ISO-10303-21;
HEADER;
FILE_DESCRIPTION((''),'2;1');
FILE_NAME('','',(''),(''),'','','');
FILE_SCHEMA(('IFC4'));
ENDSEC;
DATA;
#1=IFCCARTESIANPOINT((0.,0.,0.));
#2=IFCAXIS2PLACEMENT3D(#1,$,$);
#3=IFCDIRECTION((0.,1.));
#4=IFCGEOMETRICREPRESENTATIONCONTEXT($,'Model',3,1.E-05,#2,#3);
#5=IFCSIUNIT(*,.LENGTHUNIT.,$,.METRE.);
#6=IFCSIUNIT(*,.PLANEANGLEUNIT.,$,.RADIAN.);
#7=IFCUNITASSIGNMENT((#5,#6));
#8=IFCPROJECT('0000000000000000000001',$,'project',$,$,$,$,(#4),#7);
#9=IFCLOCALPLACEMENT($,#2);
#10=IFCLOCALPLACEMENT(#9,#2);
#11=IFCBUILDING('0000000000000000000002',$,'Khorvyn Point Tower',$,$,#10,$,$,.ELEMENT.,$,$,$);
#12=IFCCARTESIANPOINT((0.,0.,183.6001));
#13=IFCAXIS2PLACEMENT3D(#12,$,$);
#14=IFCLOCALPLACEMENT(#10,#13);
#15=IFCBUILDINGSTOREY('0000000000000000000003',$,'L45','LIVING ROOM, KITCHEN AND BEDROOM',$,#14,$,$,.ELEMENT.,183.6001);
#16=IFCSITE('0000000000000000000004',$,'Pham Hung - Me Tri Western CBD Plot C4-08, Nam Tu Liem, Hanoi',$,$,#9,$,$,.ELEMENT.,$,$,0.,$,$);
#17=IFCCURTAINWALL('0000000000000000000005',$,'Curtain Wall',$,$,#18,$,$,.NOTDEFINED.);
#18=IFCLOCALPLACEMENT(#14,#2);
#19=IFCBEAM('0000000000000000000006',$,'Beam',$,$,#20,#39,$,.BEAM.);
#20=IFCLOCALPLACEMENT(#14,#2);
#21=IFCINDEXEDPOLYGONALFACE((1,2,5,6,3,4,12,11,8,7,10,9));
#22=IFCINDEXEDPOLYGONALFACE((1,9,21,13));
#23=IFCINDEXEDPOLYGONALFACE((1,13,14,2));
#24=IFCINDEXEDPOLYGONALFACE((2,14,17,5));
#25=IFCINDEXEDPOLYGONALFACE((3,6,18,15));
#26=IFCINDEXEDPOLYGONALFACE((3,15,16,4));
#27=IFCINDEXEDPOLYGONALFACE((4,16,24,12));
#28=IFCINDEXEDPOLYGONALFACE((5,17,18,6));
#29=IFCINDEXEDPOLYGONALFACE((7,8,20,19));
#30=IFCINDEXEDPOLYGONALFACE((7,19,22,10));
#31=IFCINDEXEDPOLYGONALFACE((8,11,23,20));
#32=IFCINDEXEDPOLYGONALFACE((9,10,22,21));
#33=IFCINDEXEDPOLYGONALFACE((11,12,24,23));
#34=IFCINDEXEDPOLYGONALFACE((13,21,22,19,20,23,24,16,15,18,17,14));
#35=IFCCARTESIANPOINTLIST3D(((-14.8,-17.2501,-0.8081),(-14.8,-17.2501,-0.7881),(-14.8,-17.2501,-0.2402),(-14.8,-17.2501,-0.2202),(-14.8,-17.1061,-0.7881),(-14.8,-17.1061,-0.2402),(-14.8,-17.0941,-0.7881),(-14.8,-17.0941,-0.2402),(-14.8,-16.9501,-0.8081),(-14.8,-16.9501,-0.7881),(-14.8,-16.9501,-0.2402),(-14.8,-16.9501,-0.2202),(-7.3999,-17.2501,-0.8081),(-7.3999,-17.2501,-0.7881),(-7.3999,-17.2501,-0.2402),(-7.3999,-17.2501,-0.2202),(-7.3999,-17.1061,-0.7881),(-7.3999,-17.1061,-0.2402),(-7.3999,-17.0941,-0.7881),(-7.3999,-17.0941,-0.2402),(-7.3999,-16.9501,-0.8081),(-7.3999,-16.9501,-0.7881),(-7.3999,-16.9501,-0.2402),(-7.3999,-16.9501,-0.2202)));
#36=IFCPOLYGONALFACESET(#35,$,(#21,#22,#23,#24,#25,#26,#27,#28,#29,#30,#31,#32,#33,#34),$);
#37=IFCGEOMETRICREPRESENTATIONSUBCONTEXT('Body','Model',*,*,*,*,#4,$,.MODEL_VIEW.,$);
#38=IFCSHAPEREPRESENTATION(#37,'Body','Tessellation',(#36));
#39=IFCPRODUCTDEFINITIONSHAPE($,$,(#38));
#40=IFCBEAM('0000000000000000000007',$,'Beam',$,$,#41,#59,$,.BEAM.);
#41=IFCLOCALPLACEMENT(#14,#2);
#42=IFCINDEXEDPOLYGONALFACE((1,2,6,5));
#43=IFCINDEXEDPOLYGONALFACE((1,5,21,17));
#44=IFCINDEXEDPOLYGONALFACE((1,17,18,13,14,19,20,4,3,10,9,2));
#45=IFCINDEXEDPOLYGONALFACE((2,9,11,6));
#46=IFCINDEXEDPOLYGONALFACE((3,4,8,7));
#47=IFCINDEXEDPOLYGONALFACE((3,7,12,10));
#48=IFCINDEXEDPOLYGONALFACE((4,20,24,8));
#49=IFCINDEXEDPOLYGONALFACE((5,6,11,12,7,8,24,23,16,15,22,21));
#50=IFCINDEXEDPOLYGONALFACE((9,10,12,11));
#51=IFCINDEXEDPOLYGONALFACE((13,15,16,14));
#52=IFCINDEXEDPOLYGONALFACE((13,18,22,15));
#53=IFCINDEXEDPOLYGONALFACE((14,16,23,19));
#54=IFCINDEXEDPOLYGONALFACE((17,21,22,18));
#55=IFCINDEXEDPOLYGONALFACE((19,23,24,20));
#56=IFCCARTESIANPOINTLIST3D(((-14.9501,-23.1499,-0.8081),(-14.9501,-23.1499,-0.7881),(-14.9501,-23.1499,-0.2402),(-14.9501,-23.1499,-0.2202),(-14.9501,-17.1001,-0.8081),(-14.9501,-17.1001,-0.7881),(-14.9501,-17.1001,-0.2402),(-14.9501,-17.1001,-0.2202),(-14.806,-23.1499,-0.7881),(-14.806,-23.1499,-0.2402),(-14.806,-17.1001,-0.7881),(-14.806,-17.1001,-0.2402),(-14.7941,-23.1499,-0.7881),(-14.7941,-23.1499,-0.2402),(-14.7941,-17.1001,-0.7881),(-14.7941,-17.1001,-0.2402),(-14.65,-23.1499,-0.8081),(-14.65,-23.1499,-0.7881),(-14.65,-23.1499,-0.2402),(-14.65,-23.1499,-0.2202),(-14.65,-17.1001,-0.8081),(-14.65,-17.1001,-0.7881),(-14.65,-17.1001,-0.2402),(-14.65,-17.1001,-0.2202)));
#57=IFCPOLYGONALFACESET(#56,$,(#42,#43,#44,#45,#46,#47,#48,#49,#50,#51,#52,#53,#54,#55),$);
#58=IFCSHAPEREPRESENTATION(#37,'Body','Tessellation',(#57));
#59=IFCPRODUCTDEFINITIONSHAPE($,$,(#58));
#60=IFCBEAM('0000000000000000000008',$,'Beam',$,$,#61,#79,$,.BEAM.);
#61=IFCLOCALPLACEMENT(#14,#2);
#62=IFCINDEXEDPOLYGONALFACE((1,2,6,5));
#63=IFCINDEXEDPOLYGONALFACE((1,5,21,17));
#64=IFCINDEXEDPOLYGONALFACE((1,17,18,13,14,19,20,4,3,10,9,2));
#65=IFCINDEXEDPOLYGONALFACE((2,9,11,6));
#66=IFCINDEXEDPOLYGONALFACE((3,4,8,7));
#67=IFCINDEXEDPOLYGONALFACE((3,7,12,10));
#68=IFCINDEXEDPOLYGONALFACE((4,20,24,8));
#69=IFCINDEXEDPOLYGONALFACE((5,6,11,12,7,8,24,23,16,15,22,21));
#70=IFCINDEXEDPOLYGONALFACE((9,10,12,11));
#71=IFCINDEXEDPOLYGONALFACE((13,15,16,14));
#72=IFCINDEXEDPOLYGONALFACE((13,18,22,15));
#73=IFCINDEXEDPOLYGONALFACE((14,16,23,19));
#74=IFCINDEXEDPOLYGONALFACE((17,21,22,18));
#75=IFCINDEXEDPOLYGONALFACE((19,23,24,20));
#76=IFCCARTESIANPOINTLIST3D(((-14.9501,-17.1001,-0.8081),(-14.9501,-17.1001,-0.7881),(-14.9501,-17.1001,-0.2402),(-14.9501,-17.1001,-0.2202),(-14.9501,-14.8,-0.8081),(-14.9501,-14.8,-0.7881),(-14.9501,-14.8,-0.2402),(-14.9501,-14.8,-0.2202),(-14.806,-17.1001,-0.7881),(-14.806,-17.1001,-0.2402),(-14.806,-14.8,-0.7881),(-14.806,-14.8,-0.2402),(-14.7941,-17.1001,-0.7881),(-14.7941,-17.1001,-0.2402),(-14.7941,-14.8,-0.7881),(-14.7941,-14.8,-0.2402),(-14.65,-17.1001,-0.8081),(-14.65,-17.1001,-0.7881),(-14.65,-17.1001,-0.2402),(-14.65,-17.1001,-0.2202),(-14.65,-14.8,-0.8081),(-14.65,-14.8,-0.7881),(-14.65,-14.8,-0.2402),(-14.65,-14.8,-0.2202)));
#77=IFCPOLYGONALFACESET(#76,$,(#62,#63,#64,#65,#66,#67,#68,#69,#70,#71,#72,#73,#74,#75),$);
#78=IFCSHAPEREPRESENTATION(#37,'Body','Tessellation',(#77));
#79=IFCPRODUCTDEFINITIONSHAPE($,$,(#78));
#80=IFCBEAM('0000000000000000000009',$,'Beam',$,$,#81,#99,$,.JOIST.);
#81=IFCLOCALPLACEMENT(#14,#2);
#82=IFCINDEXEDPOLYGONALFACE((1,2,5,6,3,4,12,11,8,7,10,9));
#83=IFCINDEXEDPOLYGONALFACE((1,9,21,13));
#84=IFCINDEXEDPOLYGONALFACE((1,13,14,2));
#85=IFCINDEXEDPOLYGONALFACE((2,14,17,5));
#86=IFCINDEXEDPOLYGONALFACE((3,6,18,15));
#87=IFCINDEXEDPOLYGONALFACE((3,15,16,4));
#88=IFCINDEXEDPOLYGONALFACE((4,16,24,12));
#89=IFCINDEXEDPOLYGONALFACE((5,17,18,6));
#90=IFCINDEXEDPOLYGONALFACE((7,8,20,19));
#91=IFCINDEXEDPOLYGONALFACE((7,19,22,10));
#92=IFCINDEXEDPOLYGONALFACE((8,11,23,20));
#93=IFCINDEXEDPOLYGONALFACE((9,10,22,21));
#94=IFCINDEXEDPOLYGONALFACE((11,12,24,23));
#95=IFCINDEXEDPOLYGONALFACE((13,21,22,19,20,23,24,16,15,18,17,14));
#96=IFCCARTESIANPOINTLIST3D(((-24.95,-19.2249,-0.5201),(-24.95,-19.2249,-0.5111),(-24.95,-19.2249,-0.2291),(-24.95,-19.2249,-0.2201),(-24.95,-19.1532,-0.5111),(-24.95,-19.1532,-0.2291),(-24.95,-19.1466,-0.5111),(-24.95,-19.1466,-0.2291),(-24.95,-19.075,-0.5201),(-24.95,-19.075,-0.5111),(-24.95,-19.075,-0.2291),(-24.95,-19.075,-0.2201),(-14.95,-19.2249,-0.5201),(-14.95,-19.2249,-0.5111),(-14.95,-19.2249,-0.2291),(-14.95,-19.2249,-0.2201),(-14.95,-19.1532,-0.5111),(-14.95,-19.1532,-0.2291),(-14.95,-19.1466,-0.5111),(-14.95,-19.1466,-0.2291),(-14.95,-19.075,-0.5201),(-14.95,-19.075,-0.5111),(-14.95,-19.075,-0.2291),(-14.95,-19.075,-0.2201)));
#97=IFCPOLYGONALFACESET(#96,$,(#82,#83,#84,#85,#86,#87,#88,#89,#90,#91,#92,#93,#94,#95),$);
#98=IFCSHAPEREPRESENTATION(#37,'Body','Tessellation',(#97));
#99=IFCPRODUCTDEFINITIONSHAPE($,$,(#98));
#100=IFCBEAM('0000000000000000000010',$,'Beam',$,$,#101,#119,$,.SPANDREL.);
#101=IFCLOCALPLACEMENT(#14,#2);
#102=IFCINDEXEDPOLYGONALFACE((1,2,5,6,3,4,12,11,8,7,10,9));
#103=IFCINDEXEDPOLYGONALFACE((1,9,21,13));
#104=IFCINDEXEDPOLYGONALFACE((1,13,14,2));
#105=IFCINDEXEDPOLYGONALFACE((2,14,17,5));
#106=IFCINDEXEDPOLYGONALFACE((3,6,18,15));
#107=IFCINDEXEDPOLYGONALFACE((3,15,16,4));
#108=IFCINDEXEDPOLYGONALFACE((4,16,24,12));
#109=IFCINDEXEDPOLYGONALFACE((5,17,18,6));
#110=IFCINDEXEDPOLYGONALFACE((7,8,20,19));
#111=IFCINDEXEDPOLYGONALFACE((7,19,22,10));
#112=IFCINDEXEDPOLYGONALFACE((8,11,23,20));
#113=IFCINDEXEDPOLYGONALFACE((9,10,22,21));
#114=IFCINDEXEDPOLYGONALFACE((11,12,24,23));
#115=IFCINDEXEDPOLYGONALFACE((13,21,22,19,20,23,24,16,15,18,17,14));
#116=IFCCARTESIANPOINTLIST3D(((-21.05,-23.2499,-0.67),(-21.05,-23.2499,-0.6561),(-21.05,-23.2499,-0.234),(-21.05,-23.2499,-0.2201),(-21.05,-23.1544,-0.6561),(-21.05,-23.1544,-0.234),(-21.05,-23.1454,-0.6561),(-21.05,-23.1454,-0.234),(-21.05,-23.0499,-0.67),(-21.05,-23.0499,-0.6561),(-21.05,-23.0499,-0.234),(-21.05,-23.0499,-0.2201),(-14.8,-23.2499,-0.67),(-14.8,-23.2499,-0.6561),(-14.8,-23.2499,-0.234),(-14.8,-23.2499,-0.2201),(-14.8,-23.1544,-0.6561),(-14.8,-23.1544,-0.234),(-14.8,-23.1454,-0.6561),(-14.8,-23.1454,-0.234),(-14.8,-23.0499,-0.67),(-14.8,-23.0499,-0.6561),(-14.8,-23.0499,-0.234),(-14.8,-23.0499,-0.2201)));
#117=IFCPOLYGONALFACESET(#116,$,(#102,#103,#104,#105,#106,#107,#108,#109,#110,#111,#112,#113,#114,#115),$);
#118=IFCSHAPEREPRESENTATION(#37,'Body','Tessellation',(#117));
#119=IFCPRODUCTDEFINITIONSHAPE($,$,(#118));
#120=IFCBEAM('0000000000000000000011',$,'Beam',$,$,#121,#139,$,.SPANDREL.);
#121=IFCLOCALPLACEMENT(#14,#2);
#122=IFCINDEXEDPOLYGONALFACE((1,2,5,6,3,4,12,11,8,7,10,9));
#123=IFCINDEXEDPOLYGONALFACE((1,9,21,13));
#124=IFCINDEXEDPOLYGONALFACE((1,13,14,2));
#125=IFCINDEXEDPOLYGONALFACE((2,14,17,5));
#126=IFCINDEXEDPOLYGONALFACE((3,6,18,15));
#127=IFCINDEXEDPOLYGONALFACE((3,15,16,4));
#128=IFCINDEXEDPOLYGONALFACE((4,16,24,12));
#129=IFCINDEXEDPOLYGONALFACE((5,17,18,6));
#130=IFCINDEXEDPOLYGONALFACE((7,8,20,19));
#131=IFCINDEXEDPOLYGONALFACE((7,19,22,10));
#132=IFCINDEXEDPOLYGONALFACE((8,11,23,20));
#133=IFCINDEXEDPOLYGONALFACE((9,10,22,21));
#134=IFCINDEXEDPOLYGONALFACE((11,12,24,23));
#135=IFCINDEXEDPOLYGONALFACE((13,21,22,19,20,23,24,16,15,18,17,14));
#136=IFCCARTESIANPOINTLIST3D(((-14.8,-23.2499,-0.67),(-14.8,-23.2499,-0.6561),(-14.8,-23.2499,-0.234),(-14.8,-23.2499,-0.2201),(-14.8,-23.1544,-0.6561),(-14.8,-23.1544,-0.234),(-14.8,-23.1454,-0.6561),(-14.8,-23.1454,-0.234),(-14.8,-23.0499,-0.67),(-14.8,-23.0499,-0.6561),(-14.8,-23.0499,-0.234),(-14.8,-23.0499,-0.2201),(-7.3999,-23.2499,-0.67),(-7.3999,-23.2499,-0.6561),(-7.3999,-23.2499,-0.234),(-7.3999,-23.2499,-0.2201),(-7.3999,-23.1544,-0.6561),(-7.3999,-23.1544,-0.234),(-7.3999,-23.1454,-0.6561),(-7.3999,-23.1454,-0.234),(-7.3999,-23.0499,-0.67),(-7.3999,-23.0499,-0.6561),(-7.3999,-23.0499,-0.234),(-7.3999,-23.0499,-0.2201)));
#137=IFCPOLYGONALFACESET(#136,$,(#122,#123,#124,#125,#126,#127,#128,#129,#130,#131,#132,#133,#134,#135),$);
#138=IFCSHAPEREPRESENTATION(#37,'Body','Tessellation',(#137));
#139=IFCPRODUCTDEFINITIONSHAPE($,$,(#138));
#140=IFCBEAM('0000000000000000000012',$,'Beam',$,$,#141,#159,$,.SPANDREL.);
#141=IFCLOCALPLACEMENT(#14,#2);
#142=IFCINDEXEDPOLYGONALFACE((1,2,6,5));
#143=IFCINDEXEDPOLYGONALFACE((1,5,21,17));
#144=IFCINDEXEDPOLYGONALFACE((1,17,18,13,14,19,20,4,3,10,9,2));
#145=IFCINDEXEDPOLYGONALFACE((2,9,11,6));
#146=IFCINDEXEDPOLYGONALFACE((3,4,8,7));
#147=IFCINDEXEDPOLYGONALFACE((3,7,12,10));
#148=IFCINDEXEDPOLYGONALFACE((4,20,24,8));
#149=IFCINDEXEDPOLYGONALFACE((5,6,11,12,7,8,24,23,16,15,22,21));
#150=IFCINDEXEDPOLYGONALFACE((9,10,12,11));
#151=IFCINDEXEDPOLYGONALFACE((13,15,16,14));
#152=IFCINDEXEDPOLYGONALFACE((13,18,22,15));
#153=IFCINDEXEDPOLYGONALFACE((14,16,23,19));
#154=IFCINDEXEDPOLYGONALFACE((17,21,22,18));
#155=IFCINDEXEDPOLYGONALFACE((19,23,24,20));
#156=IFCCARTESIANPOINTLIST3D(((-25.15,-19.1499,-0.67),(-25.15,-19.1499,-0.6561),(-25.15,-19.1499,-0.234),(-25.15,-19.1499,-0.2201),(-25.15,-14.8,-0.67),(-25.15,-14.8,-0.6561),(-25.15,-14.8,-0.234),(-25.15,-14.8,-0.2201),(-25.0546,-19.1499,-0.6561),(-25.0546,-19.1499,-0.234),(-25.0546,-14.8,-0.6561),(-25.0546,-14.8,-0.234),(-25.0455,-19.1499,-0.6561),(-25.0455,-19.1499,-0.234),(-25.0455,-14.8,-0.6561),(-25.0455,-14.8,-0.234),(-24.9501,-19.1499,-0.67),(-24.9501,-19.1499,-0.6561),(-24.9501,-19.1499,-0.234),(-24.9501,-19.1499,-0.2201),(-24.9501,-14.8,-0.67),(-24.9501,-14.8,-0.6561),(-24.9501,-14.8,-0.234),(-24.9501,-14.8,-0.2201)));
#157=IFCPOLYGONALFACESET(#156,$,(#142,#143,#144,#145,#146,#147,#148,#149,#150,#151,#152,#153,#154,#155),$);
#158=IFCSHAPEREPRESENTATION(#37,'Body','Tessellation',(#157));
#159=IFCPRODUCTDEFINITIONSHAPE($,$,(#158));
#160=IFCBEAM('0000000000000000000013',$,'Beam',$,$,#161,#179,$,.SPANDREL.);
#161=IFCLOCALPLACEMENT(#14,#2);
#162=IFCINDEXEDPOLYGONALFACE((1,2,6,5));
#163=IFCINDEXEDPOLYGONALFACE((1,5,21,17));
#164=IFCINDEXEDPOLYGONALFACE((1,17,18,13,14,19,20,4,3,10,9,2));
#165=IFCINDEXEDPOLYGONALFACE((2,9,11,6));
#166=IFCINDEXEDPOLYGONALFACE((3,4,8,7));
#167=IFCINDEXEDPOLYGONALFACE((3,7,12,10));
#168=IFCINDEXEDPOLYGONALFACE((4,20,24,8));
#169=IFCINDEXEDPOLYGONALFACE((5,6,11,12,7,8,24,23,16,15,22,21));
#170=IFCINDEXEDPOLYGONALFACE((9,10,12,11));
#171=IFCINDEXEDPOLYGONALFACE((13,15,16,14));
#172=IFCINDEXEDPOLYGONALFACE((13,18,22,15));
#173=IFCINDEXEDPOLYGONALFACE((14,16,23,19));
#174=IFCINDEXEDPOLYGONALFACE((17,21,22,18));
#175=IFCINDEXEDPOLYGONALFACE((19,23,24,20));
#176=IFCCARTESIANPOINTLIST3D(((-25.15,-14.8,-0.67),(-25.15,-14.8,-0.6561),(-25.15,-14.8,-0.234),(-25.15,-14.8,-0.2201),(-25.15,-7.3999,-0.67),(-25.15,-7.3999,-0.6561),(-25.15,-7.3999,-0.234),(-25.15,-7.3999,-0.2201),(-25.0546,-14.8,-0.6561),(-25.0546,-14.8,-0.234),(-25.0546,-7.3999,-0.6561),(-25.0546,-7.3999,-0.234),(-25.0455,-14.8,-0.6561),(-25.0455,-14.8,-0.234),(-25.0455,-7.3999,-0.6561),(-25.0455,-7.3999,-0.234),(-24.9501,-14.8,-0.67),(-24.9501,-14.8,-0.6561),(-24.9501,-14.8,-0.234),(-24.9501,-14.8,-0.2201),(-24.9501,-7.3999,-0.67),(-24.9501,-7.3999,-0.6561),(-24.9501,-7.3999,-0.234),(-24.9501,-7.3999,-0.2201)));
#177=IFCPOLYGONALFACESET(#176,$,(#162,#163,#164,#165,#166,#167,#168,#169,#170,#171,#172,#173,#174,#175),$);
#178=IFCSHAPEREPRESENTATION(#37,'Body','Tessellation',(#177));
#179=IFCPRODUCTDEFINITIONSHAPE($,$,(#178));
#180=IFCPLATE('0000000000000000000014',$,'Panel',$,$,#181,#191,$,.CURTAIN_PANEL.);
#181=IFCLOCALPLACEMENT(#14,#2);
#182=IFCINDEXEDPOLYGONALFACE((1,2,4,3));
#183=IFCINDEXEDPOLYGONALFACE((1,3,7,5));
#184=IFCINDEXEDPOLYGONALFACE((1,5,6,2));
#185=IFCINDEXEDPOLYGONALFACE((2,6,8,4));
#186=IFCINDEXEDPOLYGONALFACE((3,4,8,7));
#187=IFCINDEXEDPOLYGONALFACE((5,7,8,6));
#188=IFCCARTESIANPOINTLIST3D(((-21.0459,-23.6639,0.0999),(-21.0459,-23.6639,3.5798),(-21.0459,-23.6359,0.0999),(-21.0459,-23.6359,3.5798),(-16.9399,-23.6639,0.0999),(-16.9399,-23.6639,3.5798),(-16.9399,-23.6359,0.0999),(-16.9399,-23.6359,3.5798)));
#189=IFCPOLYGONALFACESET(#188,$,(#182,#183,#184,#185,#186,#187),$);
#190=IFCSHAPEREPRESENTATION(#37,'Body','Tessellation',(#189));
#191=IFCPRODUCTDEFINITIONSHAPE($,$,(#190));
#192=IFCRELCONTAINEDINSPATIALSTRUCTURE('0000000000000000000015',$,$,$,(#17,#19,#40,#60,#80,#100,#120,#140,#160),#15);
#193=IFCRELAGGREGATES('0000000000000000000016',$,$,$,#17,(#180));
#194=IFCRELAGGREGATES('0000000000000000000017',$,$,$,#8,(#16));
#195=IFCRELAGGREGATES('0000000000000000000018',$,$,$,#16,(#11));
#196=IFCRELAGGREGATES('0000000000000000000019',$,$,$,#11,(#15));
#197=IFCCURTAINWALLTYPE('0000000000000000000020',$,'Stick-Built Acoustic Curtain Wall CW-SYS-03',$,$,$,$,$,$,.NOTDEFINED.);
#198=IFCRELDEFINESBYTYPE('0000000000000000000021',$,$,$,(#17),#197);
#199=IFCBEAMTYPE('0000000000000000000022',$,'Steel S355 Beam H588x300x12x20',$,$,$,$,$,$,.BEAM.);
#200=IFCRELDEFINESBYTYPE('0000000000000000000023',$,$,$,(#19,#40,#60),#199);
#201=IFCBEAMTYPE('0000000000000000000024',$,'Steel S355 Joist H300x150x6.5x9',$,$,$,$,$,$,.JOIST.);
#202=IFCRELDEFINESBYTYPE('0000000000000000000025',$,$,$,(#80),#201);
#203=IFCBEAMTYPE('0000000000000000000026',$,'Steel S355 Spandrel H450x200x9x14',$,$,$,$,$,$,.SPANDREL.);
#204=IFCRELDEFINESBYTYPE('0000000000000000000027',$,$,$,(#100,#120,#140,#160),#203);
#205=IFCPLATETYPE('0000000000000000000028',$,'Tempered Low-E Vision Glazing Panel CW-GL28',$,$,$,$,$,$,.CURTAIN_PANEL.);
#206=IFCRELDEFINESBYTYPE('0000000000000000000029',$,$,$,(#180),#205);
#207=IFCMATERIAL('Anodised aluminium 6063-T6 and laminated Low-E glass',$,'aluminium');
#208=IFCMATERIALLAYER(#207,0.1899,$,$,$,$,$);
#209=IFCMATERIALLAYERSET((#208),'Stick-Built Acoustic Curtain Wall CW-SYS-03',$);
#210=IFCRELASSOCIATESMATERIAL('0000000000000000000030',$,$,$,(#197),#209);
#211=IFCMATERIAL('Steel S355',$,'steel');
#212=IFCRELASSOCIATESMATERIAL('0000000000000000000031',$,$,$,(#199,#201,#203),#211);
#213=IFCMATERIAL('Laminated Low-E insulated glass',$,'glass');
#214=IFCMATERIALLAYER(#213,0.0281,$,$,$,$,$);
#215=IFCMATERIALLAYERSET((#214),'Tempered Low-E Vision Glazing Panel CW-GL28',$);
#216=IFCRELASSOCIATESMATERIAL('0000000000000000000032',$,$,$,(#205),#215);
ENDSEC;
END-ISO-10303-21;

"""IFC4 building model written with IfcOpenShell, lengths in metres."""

from ifc_helpers import new_model, si_unit, direction, frame, origin, origin_2d, place, context, subcontext, project, spatial, rectangle, i_section, extrude, material, layer, layer_set, material_profile, profile_set, type_object, element, aggregate, save


model = new_model("IFC4")

# Units and contexts
model_context = context("Model", 3, precision=1e-05, world=origin(), true_north=direction((0.0, 1.0)))
body_context = subcontext(model_context, "Body", "Model", "MODEL_VIEW")
ifc_project = project(units=[si_unit("LENGTHUNIT", "METRE"), si_unit("PLANEANGLEUNIT", "RADIAN")], contexts=[model_context])

# Site, building, storey
site_placement = place(None, origin())
site = spatial("IfcSite", under=ifc_project, at=site_placement, Name="Pham Hung - Me Tri Western CBD Plot C4-08, Nam Tu Liem, Hanoi", CompositionType="ELEMENT", RefElevation=0.0)
building_placement = place(site_placement, origin())
building = spatial("IfcBuilding", under=site, at=building_placement, Name="Khorvyn Point Tower", CompositionType="ELEMENT")
storey_placement = place(building_placement, frame((0.0, 0.0, 183.6001)))
storey = spatial("IfcBuildingStorey", under=building, at=storey_placement, Name="L45", Description="LIVING ROOM, KITCHEN AND BEDROOM", CompositionType="ELEMENT", Elevation=183.6001)

# Curtain wall
ifc_material_1 = material(Name="Anodised aluminium 6063-T6 and laminated Low-E glass", Category="aluminium")
ifc_layer_1 = layer(ifc_material_1, 0.1899)
ifc_layer_set_1 = layer_set([ifc_layer_1], Name="Stick-Built Acoustic Curtain Wall CW-SYS-03")
curtain_wall_type = type_object("IfcCurtainWallType", Name="Stick-Built Acoustic Curtain Wall CW-SYS-03", PredefinedType="NOTDEFINED", material=ifc_layer_set_1)
curtain_wall_1_placement = place(storey_placement, origin())
curtain_wall_1 = element("IfcCurtainWall", 1, at=curtain_wall_1_placement, inside=storey, type_object=curtain_wall_type, Name="Curtain Wall", PredefinedType="NOTDEFINED")

# Beams
ifc_material_2 = material(Name="Steel S355", Category="steel")
ifc_material_profile_1 = material_profile(ifc_material_2, i_section(OverallWidth=0.3, OverallDepth=0.5879, WebThickness=0.012, FlangeThickness=0.02, at=origin_2d()))
ifc_profile_set_1 = profile_set([ifc_material_profile_1], Name="Steel S355 H588x300x12x20")
beam_type_1 = type_object("IfcBeamType", Name="Steel S355 Beam H588x300x12x20", PredefinedType="BEAM", material=ifc_profile_set_1)
beam_1_placement = place(storey_placement, frame((-14.8, -17.1001, -0.5142), z_axis=(1.0, 0.0, 0.0), x_axis=(0.0, 1.0, 0.0)))
element("IfcBeam", 2, at=beam_1_placement, inside=storey, type_object=beam_type_1, Name="Beam", PredefinedType="BEAM", context=body_context, shape_type="SweptSolid", body=[
    extrude(i_section(OverallWidth=0.3, OverallDepth=0.5879, WebThickness=0.012, FlangeThickness=0.02, at=origin_2d()), origin(), (0.0, 0.0, 1.0), 7.4001),
])
beam_2_placement = place(storey_placement, frame((-14.8, -23.1499, -0.5142), z_axis=(0.0, 1.0, 0.0), x_axis=(-1.0, 0.0, 0.0)))
element("IfcBeam", 3, at=beam_2_placement, inside=storey, type_object=beam_type_1, Name="Beam", PredefinedType="BEAM", context=body_context, shape_type="SweptSolid", body=[
    extrude(i_section(OverallWidth=0.3, OverallDepth=0.5879, WebThickness=0.012, FlangeThickness=0.02, at=origin_2d()), origin(), (0.0, 0.0, 1.0), 6.0498),
])
beam_3_placement = place(storey_placement, frame((-14.8, -17.1001, -0.5142), z_axis=(0.0, 1.0, 0.0), x_axis=(-1.0, 0.0, 0.0)))
element("IfcBeam", 4, at=beam_3_placement, inside=storey, type_object=beam_type_1, Name="Beam", PredefinedType="BEAM", context=body_context, shape_type="SweptSolid", body=[
    extrude(i_section(OverallWidth=0.3, OverallDepth=0.5879, WebThickness=0.012, FlangeThickness=0.02, at=origin_2d()), origin(), (0.0, 0.0, 1.0), 2.3),
])
ifc_material_profile_2 = material_profile(ifc_material_2, i_section(OverallWidth=0.1499, OverallDepth=0.3, WebThickness=0.0066, FlangeThickness=0.009, at=origin_2d()))
ifc_profile_set_2 = profile_set([ifc_material_profile_2], Name="Steel S355 H300x150x6.5x9")
beam_type_2 = type_object("IfcBeamType", Name="Steel S355 Joist H300x150x6.5x9", PredefinedType="JOIST", material=ifc_profile_set_2)
beam_4_placement = place(storey_placement, frame((-24.95, -19.1499, -0.3701), z_axis=(1.0, 0.0, 0.0), x_axis=(0.0, 1.0, 0.0)))
element("IfcBeam", 5, at=beam_4_placement, inside=storey, type_object=beam_type_2, Name="Beam", PredefinedType="JOIST", context=body_context, shape_type="SweptSolid", body=[
    extrude(i_section(OverallWidth=0.1499, OverallDepth=0.3, WebThickness=0.0066, FlangeThickness=0.009, at=origin_2d()), origin(), (0.0, 0.0, 1.0), 10.0),
])
ifc_material_profile_3 = material_profile(ifc_material_2, i_section(OverallWidth=0.2, OverallDepth=0.45, WebThickness=0.009, FlangeThickness=0.0139, at=origin_2d()))
ifc_profile_set_3 = profile_set([ifc_material_profile_3], Name="Steel S355 H450x200x9x14")
beam_type_3 = type_object("IfcBeamType", Name="Steel S355 Spandrel H450x200x9x14", PredefinedType="SPANDREL", material=ifc_profile_set_3)
beam_5_placement = place(storey_placement, frame((-21.05, -23.1499, -0.4451), z_axis=(1.0, 0.0, 0.0), x_axis=(0.0, 1.0, 0.0)))
element("IfcBeam", 6, at=beam_5_placement, inside=storey, type_object=beam_type_3, Name="Beam", PredefinedType="SPANDREL", context=body_context, shape_type="SweptSolid", body=[
    extrude(i_section(OverallWidth=0.2, OverallDepth=0.45, WebThickness=0.009, FlangeThickness=0.0139, at=origin_2d()), origin(), (0.0, 0.0, 1.0), 6.25),
])
beam_6_placement = place(storey_placement, frame((-14.8, -23.1499, -0.4451), z_axis=(1.0, 0.0, 0.0), x_axis=(0.0, 1.0, 0.0)))
element("IfcBeam", 7, at=beam_6_placement, inside=storey, type_object=beam_type_3, Name="Beam", PredefinedType="SPANDREL", context=body_context, shape_type="SweptSolid", body=[
    extrude(i_section(OverallWidth=0.2, OverallDepth=0.45, WebThickness=0.009, FlangeThickness=0.0139, at=origin_2d()), origin(), (0.0, 0.0, 1.0), 7.4001),
])
beam_7_placement = place(storey_placement, frame((-25.05, -19.1499, -0.4451), z_axis=(0.0, 1.0, 0.0), x_axis=(-1.0, 0.0, 0.0)))
element("IfcBeam", 8, at=beam_7_placement, inside=storey, type_object=beam_type_3, Name="Beam", PredefinedType="SPANDREL", context=body_context, shape_type="SweptSolid", body=[
    extrude(i_section(OverallWidth=0.2, OverallDepth=0.45, WebThickness=0.009, FlangeThickness=0.0139, at=origin_2d()), origin(), (0.0, 0.0, 1.0), 4.3499),
])
beam_8_placement = place(storey_placement, frame((-25.05, -14.8, -0.4451), z_axis=(0.0, 1.0, 0.0), x_axis=(-1.0, 0.0, 0.0)))
element("IfcBeam", 9, at=beam_8_placement, inside=storey, type_object=beam_type_3, Name="Beam", PredefinedType="SPANDREL", context=body_context, shape_type="SweptSolid", body=[
    extrude(i_section(OverallWidth=0.2, OverallDepth=0.45, WebThickness=0.009, FlangeThickness=0.0139, at=origin_2d()), origin(), (0.0, 0.0, 1.0), 7.4001),
])

# Plate
ifc_material_3 = material(Name="Laminated Low-E insulated glass", Category="glass")
ifc_layer_2 = layer(ifc_material_3, 0.0281)
ifc_layer_set_2 = layer_set([ifc_layer_2], Name="Tempered Low-E Vision Glazing Panel CW-GL28")
plate_type = type_object("IfcPlateType", Name="Tempered Low-E Vision Glazing Panel CW-GL28", PredefinedType="CURTAIN_PANEL", material=ifc_layer_set_2)
plate_placement = place(storey_placement, frame((-18.9929, -23.6499, 0.0999), z_axis=(0.0, 0.0, 1.0), x_axis=(-1.0, 0.0, 0.0)))
plate = element("IfcPlate", 10, at=plate_placement, type_object=plate_type, Name="Panel", PredefinedType="CURTAIN_PANEL", context=body_context, shape_type="SweptSolid", body=[
    extrude(rectangle(XDim=4.106, YDim=0.0281, at=origin_2d()), origin(), (0.0, 0.0, 1.0), 3.48),
])
aggregate(curtain_wall_1, [plate])

save(model, "model.ifc")
